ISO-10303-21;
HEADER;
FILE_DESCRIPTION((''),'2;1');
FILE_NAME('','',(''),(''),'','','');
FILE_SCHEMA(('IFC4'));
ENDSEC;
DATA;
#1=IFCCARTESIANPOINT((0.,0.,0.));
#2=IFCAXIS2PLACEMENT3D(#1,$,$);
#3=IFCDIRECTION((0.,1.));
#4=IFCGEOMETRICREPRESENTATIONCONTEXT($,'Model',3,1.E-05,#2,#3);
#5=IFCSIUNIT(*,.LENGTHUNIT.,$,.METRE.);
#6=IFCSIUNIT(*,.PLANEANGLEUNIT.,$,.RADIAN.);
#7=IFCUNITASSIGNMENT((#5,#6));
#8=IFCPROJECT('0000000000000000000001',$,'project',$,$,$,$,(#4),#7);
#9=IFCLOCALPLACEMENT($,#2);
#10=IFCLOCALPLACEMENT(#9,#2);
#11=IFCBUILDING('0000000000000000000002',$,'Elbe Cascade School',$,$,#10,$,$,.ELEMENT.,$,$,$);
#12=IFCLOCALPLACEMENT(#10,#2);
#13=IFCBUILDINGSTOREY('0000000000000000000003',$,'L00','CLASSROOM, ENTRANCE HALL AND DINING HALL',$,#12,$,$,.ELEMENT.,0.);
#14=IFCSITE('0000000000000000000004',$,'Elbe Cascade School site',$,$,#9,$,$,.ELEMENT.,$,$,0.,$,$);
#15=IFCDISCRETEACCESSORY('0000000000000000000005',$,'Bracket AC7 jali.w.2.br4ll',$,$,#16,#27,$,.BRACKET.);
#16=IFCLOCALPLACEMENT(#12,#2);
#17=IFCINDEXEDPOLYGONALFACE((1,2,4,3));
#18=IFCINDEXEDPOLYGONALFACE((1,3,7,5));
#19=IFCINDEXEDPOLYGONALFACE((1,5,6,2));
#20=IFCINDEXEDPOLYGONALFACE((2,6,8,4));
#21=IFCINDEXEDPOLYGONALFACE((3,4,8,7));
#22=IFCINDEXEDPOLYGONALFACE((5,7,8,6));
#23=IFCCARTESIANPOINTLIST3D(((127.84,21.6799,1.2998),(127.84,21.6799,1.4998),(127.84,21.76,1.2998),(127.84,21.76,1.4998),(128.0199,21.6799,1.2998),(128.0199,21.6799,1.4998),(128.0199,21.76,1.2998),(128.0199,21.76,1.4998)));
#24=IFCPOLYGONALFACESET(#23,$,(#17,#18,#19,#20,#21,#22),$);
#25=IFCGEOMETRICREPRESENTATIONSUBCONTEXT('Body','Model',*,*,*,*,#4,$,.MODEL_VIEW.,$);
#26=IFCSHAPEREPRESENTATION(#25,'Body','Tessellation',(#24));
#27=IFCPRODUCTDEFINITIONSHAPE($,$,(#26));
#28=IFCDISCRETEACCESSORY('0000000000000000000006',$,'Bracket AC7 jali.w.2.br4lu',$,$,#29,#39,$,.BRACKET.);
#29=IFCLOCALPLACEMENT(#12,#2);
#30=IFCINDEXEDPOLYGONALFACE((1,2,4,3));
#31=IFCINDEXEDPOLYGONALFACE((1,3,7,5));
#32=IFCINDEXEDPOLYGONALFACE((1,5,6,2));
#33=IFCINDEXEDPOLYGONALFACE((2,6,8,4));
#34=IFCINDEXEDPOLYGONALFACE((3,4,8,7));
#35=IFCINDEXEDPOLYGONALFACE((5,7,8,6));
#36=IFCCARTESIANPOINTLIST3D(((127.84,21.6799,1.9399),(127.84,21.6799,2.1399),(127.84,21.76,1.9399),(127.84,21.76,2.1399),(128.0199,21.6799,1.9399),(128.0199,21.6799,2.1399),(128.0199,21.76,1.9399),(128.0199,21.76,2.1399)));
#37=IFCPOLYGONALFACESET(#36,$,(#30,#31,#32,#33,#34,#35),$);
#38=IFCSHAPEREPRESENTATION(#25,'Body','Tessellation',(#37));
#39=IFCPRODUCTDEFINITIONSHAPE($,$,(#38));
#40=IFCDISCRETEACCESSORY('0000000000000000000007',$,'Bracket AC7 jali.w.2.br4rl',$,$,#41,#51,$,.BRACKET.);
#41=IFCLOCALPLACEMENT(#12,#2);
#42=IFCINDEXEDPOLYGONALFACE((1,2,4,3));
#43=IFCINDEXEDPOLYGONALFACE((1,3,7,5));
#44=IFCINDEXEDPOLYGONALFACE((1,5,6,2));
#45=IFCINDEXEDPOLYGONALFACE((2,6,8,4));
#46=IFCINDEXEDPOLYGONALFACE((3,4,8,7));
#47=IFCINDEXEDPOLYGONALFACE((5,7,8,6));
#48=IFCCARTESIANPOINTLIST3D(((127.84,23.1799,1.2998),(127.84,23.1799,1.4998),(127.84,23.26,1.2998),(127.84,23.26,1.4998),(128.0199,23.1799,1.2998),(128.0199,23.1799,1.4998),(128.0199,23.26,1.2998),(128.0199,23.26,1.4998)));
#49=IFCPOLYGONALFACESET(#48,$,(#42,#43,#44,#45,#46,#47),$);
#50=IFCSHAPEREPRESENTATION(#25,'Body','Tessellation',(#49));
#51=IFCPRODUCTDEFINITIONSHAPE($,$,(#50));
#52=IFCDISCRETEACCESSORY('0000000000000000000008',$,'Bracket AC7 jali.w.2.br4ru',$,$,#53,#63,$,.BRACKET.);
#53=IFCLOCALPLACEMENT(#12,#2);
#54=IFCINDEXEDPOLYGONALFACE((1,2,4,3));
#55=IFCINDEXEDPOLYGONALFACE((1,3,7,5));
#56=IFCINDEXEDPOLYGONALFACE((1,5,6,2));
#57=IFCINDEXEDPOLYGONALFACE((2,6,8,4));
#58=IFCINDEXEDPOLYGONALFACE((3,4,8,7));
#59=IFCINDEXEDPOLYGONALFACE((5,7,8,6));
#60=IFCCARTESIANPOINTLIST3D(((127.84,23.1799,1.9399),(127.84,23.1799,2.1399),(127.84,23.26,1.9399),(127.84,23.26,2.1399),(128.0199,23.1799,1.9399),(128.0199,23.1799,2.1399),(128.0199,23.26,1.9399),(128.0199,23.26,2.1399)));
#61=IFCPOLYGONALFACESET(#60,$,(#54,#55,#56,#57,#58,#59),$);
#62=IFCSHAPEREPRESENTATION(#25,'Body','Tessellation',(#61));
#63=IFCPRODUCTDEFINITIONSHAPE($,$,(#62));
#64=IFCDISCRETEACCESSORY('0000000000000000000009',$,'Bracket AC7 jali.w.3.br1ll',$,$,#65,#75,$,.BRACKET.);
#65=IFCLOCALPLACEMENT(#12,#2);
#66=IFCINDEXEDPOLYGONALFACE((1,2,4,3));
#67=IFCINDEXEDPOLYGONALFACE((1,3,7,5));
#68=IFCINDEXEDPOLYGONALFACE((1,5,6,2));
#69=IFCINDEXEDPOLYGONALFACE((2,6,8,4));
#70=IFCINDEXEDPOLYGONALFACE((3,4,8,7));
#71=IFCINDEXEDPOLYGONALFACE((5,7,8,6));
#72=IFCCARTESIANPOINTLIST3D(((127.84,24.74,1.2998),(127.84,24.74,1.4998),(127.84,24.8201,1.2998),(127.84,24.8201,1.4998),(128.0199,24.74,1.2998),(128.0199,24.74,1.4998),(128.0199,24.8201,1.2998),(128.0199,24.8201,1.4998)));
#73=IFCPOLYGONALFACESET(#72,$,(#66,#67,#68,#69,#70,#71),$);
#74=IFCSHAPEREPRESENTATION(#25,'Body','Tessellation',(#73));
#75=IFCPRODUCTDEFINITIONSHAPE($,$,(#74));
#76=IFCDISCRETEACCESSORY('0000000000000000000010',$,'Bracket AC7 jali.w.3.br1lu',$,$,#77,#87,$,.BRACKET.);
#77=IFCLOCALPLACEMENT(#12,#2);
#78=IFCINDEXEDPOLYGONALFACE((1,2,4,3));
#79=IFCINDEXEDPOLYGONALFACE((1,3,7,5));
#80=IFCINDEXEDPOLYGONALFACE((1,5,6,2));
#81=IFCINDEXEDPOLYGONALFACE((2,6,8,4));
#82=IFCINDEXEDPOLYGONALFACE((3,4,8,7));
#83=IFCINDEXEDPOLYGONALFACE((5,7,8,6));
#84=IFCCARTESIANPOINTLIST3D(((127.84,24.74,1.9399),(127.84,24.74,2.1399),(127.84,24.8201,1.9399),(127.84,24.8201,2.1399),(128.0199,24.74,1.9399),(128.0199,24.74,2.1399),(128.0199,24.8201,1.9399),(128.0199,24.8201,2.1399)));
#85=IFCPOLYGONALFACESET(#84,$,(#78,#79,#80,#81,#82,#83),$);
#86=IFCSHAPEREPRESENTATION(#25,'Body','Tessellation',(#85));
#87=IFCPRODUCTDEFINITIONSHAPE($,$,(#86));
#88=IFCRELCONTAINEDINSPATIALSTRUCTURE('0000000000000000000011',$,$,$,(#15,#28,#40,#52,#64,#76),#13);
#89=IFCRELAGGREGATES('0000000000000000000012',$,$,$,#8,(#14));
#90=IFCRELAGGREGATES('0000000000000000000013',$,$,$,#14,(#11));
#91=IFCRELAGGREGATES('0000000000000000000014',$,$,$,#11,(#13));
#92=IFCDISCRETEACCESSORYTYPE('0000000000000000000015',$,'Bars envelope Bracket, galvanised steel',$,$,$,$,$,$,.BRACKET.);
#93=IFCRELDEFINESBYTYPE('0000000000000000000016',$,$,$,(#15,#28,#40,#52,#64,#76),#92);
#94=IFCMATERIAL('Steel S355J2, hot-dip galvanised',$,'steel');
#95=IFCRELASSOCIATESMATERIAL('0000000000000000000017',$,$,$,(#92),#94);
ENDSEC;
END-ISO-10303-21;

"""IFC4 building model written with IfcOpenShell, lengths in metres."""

from ifc_helpers import new_model, si_unit, direction, frame, origin, origin_2d, place, context, subcontext, project, spatial, rectangle, extrude, material, type_object, element, save


model = new_model("IFC4")

# Units and contexts
model_context = context("Model", 3, precision=1e-05, world=origin(), true_north=direction((0.0, 1.0)))
body_context = subcontext(model_context, "Body", "Model", "MODEL_VIEW")
ifc_project = project(units=[si_unit("LENGTHUNIT", "METRE"), si_unit("PLANEANGLEUNIT", "RADIAN")], contexts=[model_context])

# Site, building, storey
site_placement = place(None, origin())
site = spatial("IfcSite", under=ifc_project, at=site_placement, Name="Elbe Cascade School site", CompositionType="ELEMENT", RefElevation=0.0)
building_placement = place(site_placement, origin())
building = spatial("IfcBuilding", under=site, at=building_placement, Name="Elbe Cascade School", CompositionType="ELEMENT")
storey_placement = place(building_placement, origin())
storey = spatial("IfcBuildingStorey", under=building, at=storey_placement, Name="L00", Description="CLASSROOM, ENTRANCE HALL AND DINING HALL", CompositionType="ELEMENT", Elevation=0.0)

# Discrete accessories
ifc_material_1 = material(Name="Steel S355J2, hot-dip galvanised", Category="steel")
discrete_accessory_type = type_object("IfcDiscreteAccessoryType", Name="Bars envelope Bracket, galvanised steel", PredefinedType="BRACKET", material=ifc_material_1)
for number, where, z_axis, x_axis, name in (
    (1, (127.9299, 21.72, 1.2998), (0.0, 0.0, 1.0), (0.0, 1.0, 0.0), "Bracket AC7 jali.w.2.br4ll"),
    (2, (127.9299, 21.72, 1.9399), (0.0, 0.0, 1.0), (0.0, 1.0, 0.0), "Bracket AC7 jali.w.2.br4lu"),
    (3, (127.9299, 23.22, 1.2998), (0.0, 0.0, 1.0), (0.0, 1.0, 0.0), "Bracket AC7 jali.w.2.br4rl"),
    (4, (127.9299, 23.22, 1.9399), (0.0, 0.0, 1.0), (0.0, 1.0, 0.0), "Bracket AC7 jali.w.2.br4ru"),
    (5, (127.9299, 24.78, 1.2998), (0.0, 0.0, 1.0), (0.0, 1.0, 0.0), "Bracket AC7 jali.w.3.br1ll"),
    (6, (127.9299, 24.78, 1.9399), (0.0, 0.0, 1.0), (0.0, 1.0, 0.0), "Bracket AC7 jali.w.3.br1lu"),
):
    element("IfcDiscreteAccessory", number, at=place(storey_placement, frame(where, z_axis=z_axis, x_axis=x_axis)), inside=storey, type_object=discrete_accessory_type, Name=name, PredefinedType="BRACKET", context=body_context, shape_type="SweptSolid", body=[
        extrude(rectangle(XDim=0.0801, YDim=0.1799, at=origin_2d()), origin(), (0.0, 0.0, 1.0), 0.2),
    ])

save(model, "model.ifc")
